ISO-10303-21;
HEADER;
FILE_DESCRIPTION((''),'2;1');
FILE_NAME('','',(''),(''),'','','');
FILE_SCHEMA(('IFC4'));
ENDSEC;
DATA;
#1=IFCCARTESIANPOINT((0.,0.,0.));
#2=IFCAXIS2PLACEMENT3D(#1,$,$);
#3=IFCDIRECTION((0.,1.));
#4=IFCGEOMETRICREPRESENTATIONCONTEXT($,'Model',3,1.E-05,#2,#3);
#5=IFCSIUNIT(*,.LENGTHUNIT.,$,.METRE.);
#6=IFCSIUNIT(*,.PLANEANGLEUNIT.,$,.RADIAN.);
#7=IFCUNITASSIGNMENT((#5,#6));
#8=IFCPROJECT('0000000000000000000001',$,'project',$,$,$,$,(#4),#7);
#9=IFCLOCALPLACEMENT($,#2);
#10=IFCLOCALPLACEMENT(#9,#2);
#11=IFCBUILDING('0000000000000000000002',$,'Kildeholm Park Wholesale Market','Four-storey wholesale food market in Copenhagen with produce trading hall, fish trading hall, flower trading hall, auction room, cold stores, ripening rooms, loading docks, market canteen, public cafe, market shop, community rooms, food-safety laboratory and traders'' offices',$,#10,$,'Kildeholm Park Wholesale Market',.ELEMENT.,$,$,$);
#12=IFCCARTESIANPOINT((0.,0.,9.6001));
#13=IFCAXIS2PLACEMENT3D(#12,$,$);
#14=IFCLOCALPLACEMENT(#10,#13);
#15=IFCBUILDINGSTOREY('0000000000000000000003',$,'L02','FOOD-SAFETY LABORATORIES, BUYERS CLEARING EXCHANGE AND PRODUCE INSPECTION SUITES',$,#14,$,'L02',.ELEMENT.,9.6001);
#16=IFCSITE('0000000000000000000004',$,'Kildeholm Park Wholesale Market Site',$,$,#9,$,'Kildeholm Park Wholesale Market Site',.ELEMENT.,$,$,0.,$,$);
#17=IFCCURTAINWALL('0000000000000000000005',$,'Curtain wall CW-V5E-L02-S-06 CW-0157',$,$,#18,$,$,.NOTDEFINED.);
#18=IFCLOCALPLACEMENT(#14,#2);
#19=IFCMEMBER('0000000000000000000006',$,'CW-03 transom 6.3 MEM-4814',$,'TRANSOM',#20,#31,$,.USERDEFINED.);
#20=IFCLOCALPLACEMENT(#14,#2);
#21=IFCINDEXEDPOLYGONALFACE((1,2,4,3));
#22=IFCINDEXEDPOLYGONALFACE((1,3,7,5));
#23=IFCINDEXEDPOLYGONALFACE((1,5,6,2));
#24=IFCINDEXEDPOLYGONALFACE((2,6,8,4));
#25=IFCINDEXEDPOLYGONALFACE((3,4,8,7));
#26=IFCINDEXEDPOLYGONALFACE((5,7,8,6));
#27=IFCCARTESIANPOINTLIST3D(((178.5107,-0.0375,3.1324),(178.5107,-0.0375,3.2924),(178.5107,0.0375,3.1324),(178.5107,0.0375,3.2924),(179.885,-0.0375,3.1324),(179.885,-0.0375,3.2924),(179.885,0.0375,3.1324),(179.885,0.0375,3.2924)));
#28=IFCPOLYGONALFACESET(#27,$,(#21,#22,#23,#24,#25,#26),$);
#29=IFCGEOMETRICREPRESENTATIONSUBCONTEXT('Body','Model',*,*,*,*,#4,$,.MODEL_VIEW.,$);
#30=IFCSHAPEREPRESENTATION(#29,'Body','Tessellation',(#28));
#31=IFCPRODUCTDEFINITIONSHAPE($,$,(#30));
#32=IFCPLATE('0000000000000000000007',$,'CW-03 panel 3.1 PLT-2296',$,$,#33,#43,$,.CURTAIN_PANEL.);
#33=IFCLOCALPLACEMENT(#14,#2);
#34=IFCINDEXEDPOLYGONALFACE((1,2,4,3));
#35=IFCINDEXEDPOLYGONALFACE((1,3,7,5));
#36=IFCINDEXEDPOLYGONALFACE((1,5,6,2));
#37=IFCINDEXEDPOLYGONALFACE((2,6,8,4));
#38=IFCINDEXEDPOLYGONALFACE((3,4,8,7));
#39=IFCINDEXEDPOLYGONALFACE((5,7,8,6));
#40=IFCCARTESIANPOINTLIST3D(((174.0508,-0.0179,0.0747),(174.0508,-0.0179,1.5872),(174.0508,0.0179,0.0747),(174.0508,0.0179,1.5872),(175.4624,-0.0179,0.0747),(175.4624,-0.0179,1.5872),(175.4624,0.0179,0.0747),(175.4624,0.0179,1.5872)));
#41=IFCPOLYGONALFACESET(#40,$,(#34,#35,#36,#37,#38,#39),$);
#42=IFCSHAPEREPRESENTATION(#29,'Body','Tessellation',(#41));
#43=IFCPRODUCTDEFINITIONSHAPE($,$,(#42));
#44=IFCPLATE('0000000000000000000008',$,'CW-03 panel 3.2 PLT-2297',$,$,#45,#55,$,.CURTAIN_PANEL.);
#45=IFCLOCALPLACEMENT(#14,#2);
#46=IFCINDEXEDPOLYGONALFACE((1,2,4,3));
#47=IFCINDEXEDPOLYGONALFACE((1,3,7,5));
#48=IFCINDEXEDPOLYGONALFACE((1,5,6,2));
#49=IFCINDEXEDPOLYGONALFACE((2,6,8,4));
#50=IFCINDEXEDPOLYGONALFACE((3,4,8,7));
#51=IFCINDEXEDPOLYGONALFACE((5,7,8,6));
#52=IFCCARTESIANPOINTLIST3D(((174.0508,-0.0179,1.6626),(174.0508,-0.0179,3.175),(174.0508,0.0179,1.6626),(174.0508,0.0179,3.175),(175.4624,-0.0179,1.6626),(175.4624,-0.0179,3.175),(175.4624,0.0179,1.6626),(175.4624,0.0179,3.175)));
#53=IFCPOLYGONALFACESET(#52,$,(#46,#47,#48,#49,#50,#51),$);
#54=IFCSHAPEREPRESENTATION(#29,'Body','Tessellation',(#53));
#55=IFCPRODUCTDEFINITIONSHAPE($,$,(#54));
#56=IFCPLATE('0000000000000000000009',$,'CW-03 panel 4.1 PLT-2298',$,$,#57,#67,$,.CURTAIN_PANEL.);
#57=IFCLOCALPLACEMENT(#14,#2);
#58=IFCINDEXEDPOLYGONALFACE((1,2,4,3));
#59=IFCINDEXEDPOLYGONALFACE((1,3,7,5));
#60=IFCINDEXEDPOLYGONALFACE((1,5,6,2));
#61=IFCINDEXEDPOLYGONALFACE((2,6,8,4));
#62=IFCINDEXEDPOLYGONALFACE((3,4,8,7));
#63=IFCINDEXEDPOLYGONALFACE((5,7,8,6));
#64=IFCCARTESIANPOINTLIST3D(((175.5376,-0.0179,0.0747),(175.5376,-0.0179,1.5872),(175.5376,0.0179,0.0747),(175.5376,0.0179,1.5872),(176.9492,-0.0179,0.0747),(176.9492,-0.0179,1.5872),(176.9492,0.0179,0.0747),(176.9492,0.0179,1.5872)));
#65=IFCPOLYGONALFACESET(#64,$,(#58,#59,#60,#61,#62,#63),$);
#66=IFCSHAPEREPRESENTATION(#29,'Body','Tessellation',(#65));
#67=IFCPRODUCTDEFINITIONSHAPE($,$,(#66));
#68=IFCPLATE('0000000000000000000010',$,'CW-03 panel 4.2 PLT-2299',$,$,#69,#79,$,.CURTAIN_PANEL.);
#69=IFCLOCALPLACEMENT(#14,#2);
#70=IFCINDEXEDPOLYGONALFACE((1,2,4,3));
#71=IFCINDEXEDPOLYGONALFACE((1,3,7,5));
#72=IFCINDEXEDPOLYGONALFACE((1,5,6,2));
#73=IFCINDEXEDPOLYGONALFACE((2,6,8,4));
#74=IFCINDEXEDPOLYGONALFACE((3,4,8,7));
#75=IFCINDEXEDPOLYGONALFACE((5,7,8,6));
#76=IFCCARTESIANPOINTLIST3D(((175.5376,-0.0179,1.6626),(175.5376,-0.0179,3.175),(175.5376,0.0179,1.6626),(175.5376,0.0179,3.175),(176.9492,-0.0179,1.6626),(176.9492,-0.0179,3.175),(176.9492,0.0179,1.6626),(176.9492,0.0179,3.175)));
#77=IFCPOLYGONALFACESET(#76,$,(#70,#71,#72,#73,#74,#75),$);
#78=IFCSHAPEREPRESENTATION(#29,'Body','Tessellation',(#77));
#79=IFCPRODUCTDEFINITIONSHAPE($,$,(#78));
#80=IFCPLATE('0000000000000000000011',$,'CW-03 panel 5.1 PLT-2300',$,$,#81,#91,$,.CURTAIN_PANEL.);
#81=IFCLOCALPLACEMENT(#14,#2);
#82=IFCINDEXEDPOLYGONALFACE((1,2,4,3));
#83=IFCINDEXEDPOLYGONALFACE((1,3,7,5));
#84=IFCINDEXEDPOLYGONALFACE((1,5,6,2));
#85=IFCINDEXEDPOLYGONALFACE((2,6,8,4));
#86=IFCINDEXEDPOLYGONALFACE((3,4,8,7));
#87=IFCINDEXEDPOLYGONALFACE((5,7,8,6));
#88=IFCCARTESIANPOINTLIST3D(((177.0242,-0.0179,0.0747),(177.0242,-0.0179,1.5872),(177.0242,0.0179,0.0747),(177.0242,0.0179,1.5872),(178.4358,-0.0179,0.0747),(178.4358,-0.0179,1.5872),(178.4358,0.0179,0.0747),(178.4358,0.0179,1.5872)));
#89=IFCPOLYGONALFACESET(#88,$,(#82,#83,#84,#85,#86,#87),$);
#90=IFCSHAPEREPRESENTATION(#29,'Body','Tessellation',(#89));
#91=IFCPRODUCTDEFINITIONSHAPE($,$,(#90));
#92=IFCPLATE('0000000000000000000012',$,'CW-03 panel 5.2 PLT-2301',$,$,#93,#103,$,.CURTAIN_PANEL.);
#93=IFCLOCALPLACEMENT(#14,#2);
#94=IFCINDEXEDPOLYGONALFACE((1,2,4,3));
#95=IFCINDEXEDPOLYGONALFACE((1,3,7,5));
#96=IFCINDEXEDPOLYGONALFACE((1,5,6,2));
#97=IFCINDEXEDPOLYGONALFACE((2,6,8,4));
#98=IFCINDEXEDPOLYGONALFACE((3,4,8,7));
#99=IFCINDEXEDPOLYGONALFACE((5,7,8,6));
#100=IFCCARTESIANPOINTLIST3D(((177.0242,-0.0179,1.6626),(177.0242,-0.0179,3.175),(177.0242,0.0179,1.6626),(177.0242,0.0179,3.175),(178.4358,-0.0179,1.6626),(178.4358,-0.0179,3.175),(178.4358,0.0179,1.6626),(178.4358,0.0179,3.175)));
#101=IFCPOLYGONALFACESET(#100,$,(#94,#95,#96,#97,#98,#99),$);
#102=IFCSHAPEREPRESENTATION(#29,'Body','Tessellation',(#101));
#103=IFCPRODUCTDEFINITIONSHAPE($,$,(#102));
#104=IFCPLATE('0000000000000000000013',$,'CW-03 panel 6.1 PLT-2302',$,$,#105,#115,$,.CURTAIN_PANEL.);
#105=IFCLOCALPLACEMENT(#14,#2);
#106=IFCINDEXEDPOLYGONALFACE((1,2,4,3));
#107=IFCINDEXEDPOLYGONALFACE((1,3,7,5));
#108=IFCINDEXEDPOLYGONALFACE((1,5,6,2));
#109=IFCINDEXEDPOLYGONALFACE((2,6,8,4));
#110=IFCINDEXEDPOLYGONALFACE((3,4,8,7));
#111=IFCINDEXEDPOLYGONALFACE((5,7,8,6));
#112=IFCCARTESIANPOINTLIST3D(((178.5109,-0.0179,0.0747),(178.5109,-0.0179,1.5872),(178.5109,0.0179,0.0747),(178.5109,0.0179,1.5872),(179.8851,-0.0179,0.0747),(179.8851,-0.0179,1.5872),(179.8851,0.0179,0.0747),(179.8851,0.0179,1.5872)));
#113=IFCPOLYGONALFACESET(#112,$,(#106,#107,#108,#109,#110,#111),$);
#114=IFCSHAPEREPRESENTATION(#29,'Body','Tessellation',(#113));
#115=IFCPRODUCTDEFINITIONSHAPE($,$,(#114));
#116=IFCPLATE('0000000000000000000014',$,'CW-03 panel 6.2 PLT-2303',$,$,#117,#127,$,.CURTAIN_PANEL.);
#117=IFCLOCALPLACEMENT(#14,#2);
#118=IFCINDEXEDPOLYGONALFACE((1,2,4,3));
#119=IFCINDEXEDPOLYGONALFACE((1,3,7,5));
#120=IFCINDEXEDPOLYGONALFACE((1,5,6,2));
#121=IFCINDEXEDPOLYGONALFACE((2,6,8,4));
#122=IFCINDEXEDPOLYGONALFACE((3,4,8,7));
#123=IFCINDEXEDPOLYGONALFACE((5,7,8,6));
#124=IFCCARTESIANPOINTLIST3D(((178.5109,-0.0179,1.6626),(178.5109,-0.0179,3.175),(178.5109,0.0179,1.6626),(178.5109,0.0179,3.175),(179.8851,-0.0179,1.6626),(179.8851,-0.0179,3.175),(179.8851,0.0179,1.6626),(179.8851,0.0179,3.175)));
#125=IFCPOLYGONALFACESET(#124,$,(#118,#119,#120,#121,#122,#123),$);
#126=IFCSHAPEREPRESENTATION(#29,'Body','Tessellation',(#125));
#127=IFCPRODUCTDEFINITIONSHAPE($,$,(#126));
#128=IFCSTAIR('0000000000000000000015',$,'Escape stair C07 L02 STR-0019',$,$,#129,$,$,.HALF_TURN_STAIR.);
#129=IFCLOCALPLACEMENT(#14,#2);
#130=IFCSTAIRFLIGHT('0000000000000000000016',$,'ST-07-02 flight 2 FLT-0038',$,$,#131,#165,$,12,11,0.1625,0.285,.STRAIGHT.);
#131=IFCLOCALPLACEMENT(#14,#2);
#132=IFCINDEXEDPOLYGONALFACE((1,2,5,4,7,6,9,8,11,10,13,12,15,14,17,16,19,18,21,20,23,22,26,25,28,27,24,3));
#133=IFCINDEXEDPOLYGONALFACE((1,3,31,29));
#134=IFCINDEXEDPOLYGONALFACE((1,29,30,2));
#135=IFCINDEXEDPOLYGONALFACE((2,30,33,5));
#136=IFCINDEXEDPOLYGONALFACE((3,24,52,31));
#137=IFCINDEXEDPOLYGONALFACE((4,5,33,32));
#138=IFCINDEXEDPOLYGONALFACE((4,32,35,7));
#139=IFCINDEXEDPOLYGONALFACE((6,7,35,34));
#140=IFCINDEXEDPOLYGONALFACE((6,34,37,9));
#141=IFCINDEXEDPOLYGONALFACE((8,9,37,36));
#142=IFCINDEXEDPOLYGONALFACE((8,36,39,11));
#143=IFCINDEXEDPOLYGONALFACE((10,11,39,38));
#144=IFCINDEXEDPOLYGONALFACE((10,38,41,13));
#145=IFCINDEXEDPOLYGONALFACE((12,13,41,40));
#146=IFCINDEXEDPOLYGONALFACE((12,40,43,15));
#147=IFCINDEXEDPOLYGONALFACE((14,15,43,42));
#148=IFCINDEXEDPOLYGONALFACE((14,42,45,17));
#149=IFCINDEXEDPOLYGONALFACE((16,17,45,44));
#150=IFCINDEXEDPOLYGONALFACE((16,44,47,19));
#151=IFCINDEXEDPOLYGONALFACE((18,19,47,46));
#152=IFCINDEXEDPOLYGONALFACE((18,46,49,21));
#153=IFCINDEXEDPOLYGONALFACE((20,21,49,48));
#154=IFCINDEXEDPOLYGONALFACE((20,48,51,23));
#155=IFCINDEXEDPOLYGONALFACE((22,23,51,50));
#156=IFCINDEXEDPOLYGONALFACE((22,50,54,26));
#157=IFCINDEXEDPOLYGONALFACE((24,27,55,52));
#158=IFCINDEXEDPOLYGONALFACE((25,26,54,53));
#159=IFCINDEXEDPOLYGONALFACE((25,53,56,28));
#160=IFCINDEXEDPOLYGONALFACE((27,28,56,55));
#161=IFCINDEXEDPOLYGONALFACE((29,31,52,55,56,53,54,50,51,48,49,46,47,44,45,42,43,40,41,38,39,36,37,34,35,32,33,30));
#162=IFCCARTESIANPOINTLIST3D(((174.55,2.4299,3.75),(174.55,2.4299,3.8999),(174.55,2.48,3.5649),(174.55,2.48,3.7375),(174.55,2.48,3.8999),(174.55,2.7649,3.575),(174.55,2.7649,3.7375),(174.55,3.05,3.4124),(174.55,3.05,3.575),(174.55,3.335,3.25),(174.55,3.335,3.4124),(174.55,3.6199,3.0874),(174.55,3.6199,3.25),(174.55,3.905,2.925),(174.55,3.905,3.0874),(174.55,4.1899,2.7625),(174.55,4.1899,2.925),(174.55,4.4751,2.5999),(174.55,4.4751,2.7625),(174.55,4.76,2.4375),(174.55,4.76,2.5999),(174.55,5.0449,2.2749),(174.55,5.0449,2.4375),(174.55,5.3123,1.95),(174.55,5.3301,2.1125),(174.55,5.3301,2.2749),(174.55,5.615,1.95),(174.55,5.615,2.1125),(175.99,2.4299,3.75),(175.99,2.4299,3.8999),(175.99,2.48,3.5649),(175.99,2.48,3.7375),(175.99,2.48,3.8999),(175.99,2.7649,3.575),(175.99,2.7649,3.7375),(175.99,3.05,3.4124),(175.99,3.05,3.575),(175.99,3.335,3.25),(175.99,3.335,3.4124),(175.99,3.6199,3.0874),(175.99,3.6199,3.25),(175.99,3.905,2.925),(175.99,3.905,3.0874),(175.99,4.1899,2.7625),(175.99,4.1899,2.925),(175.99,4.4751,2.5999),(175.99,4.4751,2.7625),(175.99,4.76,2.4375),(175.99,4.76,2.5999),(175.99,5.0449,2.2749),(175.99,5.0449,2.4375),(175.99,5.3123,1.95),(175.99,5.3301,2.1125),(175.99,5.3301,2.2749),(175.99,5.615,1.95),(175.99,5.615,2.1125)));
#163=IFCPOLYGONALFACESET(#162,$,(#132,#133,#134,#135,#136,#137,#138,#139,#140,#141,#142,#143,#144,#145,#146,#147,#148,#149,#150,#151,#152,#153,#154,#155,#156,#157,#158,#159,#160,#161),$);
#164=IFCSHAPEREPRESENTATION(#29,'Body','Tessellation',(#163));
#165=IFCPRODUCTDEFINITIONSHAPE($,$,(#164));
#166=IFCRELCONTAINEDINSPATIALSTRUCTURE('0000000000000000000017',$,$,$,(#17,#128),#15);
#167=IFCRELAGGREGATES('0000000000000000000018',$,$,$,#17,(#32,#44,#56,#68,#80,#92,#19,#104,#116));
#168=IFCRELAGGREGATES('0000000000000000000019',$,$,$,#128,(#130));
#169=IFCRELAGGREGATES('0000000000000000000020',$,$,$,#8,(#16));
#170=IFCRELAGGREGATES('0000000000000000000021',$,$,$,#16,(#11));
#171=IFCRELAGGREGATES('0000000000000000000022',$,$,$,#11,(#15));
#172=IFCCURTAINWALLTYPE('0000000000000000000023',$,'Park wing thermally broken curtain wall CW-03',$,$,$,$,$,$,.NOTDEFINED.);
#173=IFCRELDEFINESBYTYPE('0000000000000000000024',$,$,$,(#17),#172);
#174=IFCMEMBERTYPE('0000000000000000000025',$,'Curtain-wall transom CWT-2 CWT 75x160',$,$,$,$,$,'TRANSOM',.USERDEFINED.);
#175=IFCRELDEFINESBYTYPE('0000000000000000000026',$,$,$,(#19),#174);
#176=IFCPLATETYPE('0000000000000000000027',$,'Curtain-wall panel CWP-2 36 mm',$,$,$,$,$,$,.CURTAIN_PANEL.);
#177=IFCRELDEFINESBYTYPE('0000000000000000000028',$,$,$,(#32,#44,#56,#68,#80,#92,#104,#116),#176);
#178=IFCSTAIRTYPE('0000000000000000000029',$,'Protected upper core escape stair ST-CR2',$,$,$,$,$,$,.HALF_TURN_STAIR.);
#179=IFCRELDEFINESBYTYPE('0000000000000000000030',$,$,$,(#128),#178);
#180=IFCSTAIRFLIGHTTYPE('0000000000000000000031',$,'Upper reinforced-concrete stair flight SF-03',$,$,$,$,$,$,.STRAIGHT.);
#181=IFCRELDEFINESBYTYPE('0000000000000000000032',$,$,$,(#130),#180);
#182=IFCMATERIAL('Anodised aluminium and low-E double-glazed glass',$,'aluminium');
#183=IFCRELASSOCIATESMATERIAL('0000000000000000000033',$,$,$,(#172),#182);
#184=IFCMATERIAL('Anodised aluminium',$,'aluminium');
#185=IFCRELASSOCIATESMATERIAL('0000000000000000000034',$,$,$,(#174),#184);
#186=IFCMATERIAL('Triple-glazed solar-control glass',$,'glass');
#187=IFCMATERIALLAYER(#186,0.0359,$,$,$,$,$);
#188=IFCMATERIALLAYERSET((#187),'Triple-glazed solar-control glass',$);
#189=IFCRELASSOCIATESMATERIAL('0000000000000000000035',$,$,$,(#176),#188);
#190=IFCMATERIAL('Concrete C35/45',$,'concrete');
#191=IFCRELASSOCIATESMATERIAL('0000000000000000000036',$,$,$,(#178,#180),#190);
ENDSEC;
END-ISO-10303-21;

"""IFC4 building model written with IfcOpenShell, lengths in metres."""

from ifc_helpers import new_model, si_unit, direction, frame, origin, origin_2d, place, context, subcontext, project, spatial, polyline, rectangle, outline, extrude, material, layer, layer_set, material_profile, profile_set, type_object, element, aggregate, save


model = new_model("IFC4")

# Units and contexts
model_context = context("Model", 3, precision=1e-05, world=origin(), true_north=direction((0.0, 1.0)))
body_context = subcontext(model_context, "Body", "Model", "MODEL_VIEW")
ifc_project = project(units=[si_unit("LENGTHUNIT", "METRE"), si_unit("PLANEANGLEUNIT", "RADIAN")], contexts=[model_context])

# Site, building, storey
site_placement = place(None, origin())
site = spatial("IfcSite", under=ifc_project, at=site_placement, Name="Kildeholm Park Wholesale Market Site", LongName="Kildeholm Park Wholesale Market Site", CompositionType="ELEMENT", RefElevation=0.0)
building_placement = place(site_placement, origin())
building = spatial("IfcBuilding", under=site, at=building_placement, Name="Kildeholm Park Wholesale Market", Description="Four-storey wholesale food market in Copenhagen with produce trading hall, fish trading hall, flower trading hall, auction room, cold stores, ripening rooms, loading docks, market canteen, public cafe, market shop, community rooms, food-safety laboratory and traders' offices", LongName="Kildeholm Park Wholesale Market", CompositionType="ELEMENT")
storey_placement = place(building_placement, frame((0.0, 0.0, 9.6001)))
storey = spatial("IfcBuildingStorey", under=building, at=storey_placement, Name="L02", Description="FOOD-SAFETY LABORATORIES, BUYERS CLEARING EXCHANGE AND PRODUCE INSPECTION SUITES", LongName="L02", CompositionType="ELEMENT", Elevation=9.6001)

# Curtain wall, member, plates
ifc_material_1 = material(Name="Anodised aluminium and low-E double-glazed glass", Category="aluminium")
curtain_wall_type = type_object("IfcCurtainWallType", Name="Park wing thermally broken curtain wall CW-03", PredefinedType="NOTDEFINED", material=ifc_material_1)
curtain_wall_placement = place(storey_placement, origin())
curtain_wall = element("IfcCurtainWall", 1, at=curtain_wall_placement, inside=storey, type_object=curtain_wall_type, Name="Curtain wall CW-V5E-L02-S-06 CW-0157", PredefinedType="NOTDEFINED")
ifc_material_2 = material(Name="Anodised aluminium", Category="aluminium")
ifc_material_profile_1 = material_profile(ifc_material_2, rectangle(XDim=0.075, YDim=0.1599, at=origin_2d()), Name="CWT 75x160")
ifc_profile_set_1 = profile_set([ifc_material_profile_1], Name="Anodised aluminium")
member_type_1 = type_object("IfcMemberType", Name="Curtain-wall transom CWT-2 CWT 75x160", ElementType="TRANSOM", PredefinedType="USERDEFINED", material=ifc_profile_set_1)
member_1_placement = place(storey_placement, frame((178.5107, 0.0, 3.2124), z_axis=(1.0, 0.0, 0.0), x_axis=(0.0, 1.0, 0.0)))
member_1 = element("IfcMember", 2, at=member_1_placement, type_object=member_type_1, Name="CW-03 transom 6.3 MEM-4814", ObjectType="TRANSOM", PredefinedType="USERDEFINED", context=body_context, shape_type="SweptSolid", body=[
    extrude(rectangle(XDim=0.075, YDim=0.1599, at=origin_2d()), origin(), (0.0, 0.0, 1.0), 1.3743),
])
ifc_material_3 = material(Name="Triple-glazed solar-control glass", Category="glass")
ifc_layer_1 = layer(ifc_material_3, 0.0359)
ifc_layer_set_1 = layer_set([ifc_layer_1], Name="Triple-glazed solar-control glass")
plate_type = type_object("IfcPlateType", Name="Curtain-wall panel CWP-2 36 mm", PredefinedType="CURTAIN_PANEL", material=ifc_layer_set_1)
plate_1_placement = place(storey_placement, frame((174.7566, 0.0, 0.0747), z_axis=(0.0, 0.0, 1.0), x_axis=(1.0, 0.0, 0.0)))
plate_1 = element("IfcPlate", 3, at=plate_1_placement, type_object=plate_type, Name="CW-03 panel 3.1 PLT-2296", PredefinedType="CURTAIN_PANEL", context=body_context, shape_type="SweptSolid", body=[
    extrude(rectangle(XDim=1.4116, YDim=0.0359, at=origin_2d()), origin(), (0.0, 0.0, 1.0), 1.5125),
])
plate_2_placement = place(storey_placement, frame((174.7566, 0.0, 1.6626), z_axis=(0.0, 0.0, 1.0), x_axis=(1.0, 0.0, 0.0)))
plate_2 = element("IfcPlate", 4, at=plate_2_placement, type_object=plate_type, Name="CW-03 panel 3.2 PLT-2297", PredefinedType="CURTAIN_PANEL", context=body_context, shape_type="SweptSolid", body=[
    extrude(rectangle(XDim=1.4116, YDim=0.0359, at=origin_2d()), origin(), (0.0, 0.0, 1.0), 1.5125),
])
plate_3_placement = place(storey_placement, frame((176.2434, 0.0, 0.0747), z_axis=(0.0, 0.0, 1.0), x_axis=(1.0, 0.0, 0.0)))
plate_3 = element("IfcPlate", 5, at=plate_3_placement, type_object=plate_type, Name="CW-03 panel 4.1 PLT-2298", PredefinedType="CURTAIN_PANEL", context=body_context, shape_type="SweptSolid", body=[
    extrude(rectangle(XDim=1.4116, YDim=0.0359, at=origin_2d()), origin(), (0.0, 0.0, 1.0), 1.5125),
])
plate_4_placement = place(storey_placement, frame((176.2434, 0.0, 1.6626), z_axis=(0.0, 0.0, 1.0), x_axis=(1.0, 0.0, 0.0)))
plate_4 = element("IfcPlate", 6, at=plate_4_placement, type_object=plate_type, Name="CW-03 panel 4.2 PLT-2299", PredefinedType="CURTAIN_PANEL", context=body_context, shape_type="SweptSolid", body=[
    extrude(rectangle(XDim=1.4116, YDim=0.0359, at=origin_2d()), origin(), (0.0, 0.0, 1.0), 1.5125),
])
plate_5_placement = place(storey_placement, frame((177.73, 0.0, 0.0747), z_axis=(0.0, 0.0, 1.0), x_axis=(1.0, 0.0, 0.0)))
plate_5 = element("IfcPlate", 7, at=plate_5_placement, type_object=plate_type, Name="CW-03 panel 5.1 PLT-2300", PredefinedType="CURTAIN_PANEL", context=body_context, shape_type="SweptSolid", body=[
    extrude(rectangle(XDim=1.4116, YDim=0.0359, at=origin_2d()), origin(), (0.0, 0.0, 1.0), 1.5125),
])
plate_6_placement = place(storey_placement, frame((177.73, 0.0, 1.6626), z_axis=(0.0, 0.0, 1.0), x_axis=(1.0, 0.0, 0.0)))
plate_6 = element("IfcPlate", 8, at=plate_6_placement, type_object=plate_type, Name="CW-03 panel 5.2 PLT-2301", PredefinedType="CURTAIN_PANEL", context=body_context, shape_type="SweptSolid", body=[
    extrude(rectangle(XDim=1.4116, YDim=0.0359, at=origin_2d()), origin(), (0.0, 0.0, 1.0), 1.5125),
])
plate_7_placement = place(storey_placement, frame((179.198, 0.0, 0.0747), z_axis=(0.0, 0.0, 1.0), x_axis=(1.0, 0.0, 0.0)))
plate_7 = element("IfcPlate", 9, at=plate_7_placement, type_object=plate_type, Name="CW-03 panel 6.1 PLT-2302", PredefinedType="CURTAIN_PANEL", context=body_context, shape_type="SweptSolid", body=[
    extrude(rectangle(XDim=1.3743, YDim=0.0359, at=origin_2d()), origin(), (0.0, 0.0, 1.0), 1.5125),
])
plate_8_placement = place(storey_placement, frame((179.198, 0.0, 1.6626), z_axis=(0.0, 0.0, 1.0), x_axis=(1.0, 0.0, 0.0)))
plate_8 = element("IfcPlate", 10, at=plate_8_placement, type_object=plate_type, Name="CW-03 panel 6.2 PLT-2303", PredefinedType="CURTAIN_PANEL", context=body_context, shape_type="SweptSolid", body=[
    extrude(rectangle(XDim=1.3743, YDim=0.0359, at=origin_2d()), origin(), (0.0, 0.0, 1.0), 1.5125),
])
aggregate(curtain_wall, [plate_1, plate_2, plate_3, plate_4, plate_5, plate_6, member_1, plate_7, plate_8])

# Stair, stair flight
ifc_material_4 = material(Name="Concrete C35/45", Category="concrete")
stair_type = type_object("IfcStairType", Name="Protected upper core escape stair ST-CR2", PredefinedType="HALF_TURN_STAIR", material=ifc_material_4)
stair_placement = place(storey_placement, origin())
stair = element("IfcStair", 11, at=stair_placement, inside=storey, type_object=stair_type, Name="Escape stair C07 L02 STR-0019", PredefinedType="HALF_TURN_STAIR")
stair_flight_type = type_object("IfcStairFlightType", Name="Upper reinforced-concrete stair flight SF-03", PredefinedType="STRAIGHT", material=ifc_material_4)
stair_flight_placement = place(storey_placement, frame((175.27, 5.615, 1.95), z_axis=(0.0, 0.0, 1.0), x_axis=(0.0, -1.0, 0.0)))
stair_flight = element("IfcStairFlight", 12, at=stair_flight_placement, type_object=stair_flight_type, Name="ST-07-02 flight 2 FLT-0038", NumberOfRisers=12, NumberOfTreads=11, PredefinedType="STRAIGHT", RiserHeight=0.1625, TreadLength=0.285, context=body_context, shape_type="SweptSolid", body=[
    extrude(outline(polyline([(0.0, 0.0), (0.0, 0.1626), (0.2849, 0.1626), (0.2849, 0.325), (0.5701, 0.325), (0.5701, 0.4875), (0.855, 0.4875), (0.855, 0.6499), (1.1399, 0.6499), (1.1399, 0.8125), (1.425, 0.8125), (1.425, 0.9751), (1.71, 0.9751), (1.71, 1.1375), (1.9951, 1.1375), (1.9951, 1.3), (2.28, 1.3), (2.28, 1.4624), (2.5649, 1.4624), (2.5649, 1.625), (2.8501, 1.625), (2.8501, 1.7876), (3.135, 1.7876), (3.135, 1.95), (3.1851, 1.95), (3.1851, 1.8), (3.135, 1.615), (0.3027, 0.0), (0.0, 0.0)])), frame((0.0, 0.72, 0.0), z_axis=(0.0, -1.0, 0.0), x_axis=(1.0, 0.0, 0.0)), (0.0, 0.0, 1.0), 1.4399),
])
aggregate(stair, [stair_flight])

save(model, "model.ifc")
